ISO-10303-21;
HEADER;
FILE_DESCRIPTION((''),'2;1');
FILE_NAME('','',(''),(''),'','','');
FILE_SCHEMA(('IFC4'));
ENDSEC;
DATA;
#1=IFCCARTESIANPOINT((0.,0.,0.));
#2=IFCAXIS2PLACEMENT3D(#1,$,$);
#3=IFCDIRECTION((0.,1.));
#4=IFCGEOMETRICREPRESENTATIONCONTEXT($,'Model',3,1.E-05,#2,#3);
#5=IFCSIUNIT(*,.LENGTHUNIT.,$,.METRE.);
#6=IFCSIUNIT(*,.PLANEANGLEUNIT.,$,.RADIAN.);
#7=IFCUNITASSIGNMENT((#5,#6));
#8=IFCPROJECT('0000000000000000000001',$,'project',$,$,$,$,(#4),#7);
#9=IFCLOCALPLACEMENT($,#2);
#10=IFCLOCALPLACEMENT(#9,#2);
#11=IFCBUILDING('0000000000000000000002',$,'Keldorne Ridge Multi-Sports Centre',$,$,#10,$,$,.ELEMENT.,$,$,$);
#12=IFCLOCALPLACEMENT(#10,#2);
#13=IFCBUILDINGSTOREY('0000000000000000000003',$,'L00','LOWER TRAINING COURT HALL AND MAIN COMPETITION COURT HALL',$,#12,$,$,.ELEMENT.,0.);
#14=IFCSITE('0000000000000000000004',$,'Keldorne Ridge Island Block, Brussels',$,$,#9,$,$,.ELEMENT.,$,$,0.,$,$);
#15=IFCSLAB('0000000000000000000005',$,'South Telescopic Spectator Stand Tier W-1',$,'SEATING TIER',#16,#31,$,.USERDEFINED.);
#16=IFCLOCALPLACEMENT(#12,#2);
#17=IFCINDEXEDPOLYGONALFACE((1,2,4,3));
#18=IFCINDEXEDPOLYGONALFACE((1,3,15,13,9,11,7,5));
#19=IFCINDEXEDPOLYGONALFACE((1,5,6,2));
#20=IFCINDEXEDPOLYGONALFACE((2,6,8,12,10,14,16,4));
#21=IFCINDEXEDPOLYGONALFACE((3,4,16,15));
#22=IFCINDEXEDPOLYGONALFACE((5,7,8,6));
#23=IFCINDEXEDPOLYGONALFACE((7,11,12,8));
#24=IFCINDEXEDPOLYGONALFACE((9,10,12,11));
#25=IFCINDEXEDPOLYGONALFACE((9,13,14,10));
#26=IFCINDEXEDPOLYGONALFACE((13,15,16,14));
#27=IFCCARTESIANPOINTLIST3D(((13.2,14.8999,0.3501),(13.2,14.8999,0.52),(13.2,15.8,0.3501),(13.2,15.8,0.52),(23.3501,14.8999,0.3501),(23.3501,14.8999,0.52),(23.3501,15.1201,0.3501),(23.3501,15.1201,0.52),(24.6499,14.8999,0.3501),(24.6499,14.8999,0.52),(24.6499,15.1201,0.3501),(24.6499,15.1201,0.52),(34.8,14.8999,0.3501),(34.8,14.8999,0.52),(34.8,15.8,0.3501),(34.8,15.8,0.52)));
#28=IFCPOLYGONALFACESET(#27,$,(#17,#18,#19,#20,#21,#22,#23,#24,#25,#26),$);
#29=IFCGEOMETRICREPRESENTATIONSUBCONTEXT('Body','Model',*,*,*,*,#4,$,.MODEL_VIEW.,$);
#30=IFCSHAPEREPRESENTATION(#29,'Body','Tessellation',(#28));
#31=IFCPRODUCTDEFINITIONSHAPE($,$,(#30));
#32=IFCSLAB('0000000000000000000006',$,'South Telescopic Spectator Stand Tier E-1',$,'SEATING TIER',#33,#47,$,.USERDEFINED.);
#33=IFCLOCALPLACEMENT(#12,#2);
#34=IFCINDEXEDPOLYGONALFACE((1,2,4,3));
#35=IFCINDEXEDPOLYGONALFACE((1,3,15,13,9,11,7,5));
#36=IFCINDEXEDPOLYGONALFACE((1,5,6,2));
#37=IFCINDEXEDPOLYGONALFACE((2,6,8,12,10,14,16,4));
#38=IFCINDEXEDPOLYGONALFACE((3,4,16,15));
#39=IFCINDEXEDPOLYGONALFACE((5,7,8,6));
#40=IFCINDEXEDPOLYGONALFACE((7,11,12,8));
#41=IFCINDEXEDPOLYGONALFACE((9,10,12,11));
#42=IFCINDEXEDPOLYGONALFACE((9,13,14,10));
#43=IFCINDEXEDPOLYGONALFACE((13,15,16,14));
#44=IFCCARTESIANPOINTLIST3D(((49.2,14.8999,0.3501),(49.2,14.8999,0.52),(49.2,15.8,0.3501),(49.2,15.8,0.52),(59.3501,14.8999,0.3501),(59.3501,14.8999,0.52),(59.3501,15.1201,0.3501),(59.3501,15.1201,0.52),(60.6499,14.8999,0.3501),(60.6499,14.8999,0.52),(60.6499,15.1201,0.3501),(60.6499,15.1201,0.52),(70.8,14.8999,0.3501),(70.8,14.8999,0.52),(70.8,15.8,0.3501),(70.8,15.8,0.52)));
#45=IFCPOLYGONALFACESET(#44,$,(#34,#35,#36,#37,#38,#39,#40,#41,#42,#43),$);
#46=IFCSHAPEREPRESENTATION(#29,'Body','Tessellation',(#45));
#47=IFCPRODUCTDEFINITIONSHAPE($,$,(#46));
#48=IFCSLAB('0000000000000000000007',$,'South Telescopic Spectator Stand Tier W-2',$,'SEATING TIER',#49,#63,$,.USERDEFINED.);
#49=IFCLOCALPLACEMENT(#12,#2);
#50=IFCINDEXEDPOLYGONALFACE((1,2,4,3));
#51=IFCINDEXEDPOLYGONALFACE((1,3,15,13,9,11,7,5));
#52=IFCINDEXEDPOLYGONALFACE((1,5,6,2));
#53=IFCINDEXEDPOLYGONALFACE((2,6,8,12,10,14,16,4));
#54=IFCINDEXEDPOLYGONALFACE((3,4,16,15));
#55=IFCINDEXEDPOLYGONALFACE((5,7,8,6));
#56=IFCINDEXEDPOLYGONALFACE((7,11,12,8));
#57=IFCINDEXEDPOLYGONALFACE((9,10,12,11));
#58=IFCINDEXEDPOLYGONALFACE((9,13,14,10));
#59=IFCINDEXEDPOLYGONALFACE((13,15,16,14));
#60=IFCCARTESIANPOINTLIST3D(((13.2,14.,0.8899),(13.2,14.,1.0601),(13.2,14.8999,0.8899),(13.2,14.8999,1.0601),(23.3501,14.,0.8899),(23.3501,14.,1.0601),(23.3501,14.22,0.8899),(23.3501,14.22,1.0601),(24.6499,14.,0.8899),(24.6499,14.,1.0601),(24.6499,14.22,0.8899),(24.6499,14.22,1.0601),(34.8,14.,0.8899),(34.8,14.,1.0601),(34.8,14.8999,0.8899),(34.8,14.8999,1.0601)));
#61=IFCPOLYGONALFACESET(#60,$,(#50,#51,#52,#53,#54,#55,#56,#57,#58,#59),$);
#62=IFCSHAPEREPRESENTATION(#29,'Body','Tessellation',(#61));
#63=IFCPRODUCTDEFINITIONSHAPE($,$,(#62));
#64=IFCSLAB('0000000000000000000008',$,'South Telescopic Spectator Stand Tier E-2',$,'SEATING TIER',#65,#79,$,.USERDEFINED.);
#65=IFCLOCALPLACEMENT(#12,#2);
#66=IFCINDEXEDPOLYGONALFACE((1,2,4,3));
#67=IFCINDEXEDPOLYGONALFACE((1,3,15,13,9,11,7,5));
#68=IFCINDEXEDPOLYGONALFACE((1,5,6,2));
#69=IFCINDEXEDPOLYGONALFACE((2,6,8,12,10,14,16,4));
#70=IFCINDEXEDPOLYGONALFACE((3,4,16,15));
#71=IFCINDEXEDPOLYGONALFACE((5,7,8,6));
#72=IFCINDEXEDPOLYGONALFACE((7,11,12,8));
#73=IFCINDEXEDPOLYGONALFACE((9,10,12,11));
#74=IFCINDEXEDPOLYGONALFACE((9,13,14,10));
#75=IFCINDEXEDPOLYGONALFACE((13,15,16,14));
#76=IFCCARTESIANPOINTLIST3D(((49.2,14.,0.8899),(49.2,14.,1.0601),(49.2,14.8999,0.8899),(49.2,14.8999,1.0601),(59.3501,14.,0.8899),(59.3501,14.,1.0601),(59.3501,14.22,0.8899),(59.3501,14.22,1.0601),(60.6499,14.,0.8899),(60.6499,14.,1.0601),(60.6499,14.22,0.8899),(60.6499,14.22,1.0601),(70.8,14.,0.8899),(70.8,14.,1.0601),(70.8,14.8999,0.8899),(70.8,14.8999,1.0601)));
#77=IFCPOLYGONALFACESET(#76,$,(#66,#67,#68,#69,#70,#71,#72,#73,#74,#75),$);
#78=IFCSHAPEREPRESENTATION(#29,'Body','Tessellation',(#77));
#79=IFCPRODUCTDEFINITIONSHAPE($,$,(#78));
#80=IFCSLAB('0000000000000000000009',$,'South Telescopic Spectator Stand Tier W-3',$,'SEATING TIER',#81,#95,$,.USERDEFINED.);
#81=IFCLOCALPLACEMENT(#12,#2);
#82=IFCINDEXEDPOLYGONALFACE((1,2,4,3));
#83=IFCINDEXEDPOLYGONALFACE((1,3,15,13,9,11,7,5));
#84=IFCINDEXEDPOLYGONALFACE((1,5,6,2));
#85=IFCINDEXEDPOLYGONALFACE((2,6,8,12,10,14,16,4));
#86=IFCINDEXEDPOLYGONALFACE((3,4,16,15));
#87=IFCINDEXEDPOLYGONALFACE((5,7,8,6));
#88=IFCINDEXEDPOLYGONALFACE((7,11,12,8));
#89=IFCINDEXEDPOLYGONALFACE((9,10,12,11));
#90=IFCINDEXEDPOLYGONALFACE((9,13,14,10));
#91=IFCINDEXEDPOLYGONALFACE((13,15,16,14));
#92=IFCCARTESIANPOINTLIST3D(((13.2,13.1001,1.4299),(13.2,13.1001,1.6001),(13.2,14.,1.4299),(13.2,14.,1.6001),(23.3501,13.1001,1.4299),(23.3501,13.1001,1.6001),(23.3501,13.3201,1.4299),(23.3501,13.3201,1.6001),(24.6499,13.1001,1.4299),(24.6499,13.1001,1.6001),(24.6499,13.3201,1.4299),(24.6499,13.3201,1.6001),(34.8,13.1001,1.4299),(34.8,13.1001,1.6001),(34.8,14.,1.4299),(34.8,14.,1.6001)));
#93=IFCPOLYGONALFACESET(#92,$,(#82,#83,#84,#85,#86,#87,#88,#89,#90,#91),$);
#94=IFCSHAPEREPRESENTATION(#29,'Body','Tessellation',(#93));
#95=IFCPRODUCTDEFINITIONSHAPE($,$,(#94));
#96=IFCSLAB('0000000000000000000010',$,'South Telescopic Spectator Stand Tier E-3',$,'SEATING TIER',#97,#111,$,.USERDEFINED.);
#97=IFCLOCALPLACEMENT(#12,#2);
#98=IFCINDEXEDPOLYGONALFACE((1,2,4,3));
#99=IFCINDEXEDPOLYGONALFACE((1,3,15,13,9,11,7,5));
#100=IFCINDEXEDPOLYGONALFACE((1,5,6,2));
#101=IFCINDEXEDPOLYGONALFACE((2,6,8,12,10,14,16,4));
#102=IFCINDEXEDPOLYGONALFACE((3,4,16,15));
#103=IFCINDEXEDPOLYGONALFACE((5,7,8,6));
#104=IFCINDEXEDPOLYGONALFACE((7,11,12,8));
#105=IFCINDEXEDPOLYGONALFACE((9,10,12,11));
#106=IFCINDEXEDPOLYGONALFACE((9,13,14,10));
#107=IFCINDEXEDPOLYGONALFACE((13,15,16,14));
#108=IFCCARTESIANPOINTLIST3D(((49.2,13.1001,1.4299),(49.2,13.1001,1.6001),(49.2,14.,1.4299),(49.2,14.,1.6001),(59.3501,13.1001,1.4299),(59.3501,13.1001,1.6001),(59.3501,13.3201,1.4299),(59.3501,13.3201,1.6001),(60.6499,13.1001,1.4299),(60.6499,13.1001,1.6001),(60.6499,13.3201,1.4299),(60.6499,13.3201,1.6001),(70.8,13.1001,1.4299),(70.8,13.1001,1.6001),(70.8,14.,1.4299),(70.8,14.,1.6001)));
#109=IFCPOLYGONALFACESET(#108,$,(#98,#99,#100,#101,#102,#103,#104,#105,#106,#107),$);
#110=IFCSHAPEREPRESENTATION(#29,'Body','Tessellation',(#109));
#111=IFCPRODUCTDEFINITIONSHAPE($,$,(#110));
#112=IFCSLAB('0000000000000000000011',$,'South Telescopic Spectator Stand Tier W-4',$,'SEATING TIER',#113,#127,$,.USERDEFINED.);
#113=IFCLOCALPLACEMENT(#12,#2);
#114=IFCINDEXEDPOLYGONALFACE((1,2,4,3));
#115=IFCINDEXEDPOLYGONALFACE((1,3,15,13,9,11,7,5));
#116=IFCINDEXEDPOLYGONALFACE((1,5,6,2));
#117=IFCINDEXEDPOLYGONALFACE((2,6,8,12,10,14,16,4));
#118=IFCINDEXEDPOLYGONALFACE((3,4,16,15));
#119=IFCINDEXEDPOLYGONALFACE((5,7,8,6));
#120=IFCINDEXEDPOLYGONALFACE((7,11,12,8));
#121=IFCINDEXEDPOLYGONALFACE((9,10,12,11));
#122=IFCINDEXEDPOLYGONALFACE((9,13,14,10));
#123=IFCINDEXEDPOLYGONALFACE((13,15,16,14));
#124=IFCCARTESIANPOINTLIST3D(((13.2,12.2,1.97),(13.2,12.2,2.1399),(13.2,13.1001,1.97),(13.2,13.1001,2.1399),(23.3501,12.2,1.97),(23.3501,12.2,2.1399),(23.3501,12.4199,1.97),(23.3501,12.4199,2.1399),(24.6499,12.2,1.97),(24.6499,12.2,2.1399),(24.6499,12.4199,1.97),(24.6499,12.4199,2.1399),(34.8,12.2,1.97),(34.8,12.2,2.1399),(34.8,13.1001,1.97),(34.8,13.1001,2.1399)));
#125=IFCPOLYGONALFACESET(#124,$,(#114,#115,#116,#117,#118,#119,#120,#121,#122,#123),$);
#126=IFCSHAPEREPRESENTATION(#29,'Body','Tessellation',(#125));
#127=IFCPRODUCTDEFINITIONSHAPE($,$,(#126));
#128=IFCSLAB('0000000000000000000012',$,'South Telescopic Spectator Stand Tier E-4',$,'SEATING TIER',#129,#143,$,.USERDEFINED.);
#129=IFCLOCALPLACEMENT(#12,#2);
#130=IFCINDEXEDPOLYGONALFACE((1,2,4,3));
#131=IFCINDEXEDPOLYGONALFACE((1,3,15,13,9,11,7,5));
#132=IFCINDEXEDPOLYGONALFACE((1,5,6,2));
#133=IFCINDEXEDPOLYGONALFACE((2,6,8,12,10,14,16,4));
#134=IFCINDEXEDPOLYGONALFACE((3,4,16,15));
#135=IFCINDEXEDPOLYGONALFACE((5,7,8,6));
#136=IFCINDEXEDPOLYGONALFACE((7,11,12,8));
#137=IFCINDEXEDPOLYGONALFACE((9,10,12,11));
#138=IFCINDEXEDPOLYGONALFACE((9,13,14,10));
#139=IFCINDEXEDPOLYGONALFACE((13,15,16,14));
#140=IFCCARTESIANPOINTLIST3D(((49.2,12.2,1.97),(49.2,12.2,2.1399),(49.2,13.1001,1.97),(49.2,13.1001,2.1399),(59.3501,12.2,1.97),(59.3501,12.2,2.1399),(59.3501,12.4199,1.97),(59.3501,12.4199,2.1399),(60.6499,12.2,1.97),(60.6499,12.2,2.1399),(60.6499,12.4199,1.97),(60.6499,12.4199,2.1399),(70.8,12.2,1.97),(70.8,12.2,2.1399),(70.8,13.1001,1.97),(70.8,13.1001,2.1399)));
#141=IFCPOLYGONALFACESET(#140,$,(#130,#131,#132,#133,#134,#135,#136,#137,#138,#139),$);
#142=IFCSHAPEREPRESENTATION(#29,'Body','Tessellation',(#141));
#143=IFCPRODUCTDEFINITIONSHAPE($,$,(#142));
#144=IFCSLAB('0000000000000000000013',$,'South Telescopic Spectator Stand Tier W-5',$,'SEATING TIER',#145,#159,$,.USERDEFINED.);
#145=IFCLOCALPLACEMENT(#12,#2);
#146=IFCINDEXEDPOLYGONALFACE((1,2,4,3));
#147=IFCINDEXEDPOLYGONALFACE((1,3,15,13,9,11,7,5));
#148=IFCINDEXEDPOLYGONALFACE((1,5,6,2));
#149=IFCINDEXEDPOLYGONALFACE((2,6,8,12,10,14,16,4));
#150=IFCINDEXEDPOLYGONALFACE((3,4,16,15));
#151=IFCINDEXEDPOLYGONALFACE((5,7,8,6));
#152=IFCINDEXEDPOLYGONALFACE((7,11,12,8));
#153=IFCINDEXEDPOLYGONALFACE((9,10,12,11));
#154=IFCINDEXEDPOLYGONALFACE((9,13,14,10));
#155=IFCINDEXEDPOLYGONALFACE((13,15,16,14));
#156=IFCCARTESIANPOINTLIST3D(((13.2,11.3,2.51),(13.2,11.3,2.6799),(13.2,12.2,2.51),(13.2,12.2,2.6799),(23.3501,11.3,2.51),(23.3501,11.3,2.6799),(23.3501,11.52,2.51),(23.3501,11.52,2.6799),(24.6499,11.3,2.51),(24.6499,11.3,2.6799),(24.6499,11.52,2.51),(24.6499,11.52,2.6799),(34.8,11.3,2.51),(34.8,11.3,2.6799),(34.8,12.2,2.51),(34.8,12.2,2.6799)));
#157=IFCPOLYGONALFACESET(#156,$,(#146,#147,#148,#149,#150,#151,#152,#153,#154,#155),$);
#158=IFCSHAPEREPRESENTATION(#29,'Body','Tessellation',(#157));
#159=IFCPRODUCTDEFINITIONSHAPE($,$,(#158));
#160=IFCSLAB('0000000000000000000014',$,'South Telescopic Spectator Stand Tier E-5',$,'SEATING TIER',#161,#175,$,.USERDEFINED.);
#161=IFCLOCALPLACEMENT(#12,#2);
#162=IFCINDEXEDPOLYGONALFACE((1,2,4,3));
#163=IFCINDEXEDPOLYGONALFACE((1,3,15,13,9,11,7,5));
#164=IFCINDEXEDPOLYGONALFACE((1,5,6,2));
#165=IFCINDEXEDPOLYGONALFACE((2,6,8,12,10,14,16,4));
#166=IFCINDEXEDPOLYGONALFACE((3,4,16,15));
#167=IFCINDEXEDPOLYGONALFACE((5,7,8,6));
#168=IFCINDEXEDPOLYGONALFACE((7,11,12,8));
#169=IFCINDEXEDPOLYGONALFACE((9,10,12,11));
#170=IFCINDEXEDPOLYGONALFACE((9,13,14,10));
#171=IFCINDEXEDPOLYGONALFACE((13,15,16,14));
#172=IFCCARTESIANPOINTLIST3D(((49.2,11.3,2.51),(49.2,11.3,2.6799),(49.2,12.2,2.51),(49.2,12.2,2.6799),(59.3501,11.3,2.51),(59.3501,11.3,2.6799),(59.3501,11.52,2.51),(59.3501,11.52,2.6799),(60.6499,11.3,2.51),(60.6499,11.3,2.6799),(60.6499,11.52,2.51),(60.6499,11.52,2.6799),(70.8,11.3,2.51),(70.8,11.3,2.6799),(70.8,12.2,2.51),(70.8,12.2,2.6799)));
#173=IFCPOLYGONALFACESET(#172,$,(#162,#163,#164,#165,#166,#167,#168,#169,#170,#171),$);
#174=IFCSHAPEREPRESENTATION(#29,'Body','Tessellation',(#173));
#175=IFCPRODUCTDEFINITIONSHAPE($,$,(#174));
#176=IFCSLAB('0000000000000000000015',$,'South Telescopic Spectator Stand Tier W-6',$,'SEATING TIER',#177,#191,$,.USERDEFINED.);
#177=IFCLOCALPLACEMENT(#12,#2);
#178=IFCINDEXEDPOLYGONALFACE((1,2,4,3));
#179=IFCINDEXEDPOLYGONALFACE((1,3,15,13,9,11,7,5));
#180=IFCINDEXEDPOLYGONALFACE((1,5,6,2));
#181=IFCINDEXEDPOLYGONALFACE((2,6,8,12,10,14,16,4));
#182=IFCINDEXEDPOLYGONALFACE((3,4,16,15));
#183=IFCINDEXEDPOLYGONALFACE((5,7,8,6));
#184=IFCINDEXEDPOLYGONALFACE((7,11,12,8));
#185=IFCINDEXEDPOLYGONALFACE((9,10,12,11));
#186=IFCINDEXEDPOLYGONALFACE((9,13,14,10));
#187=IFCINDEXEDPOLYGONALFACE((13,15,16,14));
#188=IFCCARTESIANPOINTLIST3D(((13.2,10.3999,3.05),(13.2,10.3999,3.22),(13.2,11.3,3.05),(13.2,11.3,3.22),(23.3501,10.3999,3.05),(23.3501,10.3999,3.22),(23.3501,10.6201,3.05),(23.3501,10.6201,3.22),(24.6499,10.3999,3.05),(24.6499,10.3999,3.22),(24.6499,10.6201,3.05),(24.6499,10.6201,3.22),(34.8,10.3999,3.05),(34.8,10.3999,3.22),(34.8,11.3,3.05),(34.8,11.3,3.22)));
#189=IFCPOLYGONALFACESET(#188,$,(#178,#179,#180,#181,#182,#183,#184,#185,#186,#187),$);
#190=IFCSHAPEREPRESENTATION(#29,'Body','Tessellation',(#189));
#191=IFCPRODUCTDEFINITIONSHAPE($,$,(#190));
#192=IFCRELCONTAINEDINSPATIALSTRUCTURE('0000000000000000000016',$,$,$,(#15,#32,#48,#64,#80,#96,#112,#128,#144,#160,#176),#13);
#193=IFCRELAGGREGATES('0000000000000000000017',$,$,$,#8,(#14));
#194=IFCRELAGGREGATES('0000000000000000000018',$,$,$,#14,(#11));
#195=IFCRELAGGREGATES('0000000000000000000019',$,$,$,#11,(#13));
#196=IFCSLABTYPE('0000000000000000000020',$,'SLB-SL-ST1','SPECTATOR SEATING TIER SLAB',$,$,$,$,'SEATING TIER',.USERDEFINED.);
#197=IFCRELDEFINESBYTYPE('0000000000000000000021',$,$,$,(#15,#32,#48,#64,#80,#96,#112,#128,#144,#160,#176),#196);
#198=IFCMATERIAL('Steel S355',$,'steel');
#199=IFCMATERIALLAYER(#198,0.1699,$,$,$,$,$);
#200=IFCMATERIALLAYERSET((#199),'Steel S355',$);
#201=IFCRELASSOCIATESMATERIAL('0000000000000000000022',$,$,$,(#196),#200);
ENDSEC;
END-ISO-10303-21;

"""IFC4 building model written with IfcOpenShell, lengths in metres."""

from ifc_helpers import new_model, si_unit, direction, frame, origin, place, context, subcontext, project, spatial, polyline, outline, extrude, material, layer, layer_set, type_object, element, save


model = new_model("IFC4")

# Units and contexts
model_context = context("Model", 3, precision=1e-05, world=origin(), true_north=direction((0.0, 1.0)))
body_context = subcontext(model_context, "Body", "Model", "MODEL_VIEW")
ifc_project = project(units=[si_unit("LENGTHUNIT", "METRE"), si_unit("PLANEANGLEUNIT", "RADIAN")], contexts=[model_context])

# Site, building, storey
site_placement = place(None, origin())
site = spatial("IfcSite", under=ifc_project, at=site_placement, Name="Keldorne Ridge Island Block, Brussels", CompositionType="ELEMENT", RefElevation=0.0)
building_placement = place(site_placement, origin())
building = spatial("IfcBuilding", under=site, at=building_placement, Name="Keldorne Ridge Multi-Sports Centre", CompositionType="ELEMENT")
storey_placement = place(building_placement, origin())
storey = spatial("IfcBuildingStorey", under=building, at=storey_placement, Name="L00", Description="LOWER TRAINING COURT HALL AND MAIN COMPETITION COURT HALL", CompositionType="ELEMENT", Elevation=0.0)

# Slabs
ifc_material_1 = material(Name="Steel S355", Category="steel")
ifc_layer_1 = layer(ifc_material_1, 0.1699)
ifc_layer_set_1 = layer_set([ifc_layer_1], Name="Steel S355")
slab_type_1 = type_object("IfcSlabType", Name="SLB-SL-ST1", Description="SPECTATOR SEATING TIER SLAB", ElementType="SEATING TIER", PredefinedType="USERDEFINED", material=ifc_layer_set_1)
slab_1_placement = place(storey_placement, frame((0.0, 0.0, 0.3501)))
element("IfcSlab", 1, at=slab_1_placement, inside=storey, type_object=slab_type_1, Name="South Telescopic Spectator Stand Tier W-1", ObjectType="SEATING TIER", PredefinedType="USERDEFINED", context=body_context, shape_type="SweptSolid", body=[
    extrude(outline(polyline([(13.2, 14.8999), (23.3501, 14.8999), (23.3501, 15.1201), (24.6499, 15.1201), (24.6499, 14.8999), (34.8, 14.8999), (34.8, 15.8), (13.2, 15.8), (13.2, 14.8999)])), origin(), (0.0, 0.0, 1.0), 0.1699),
])
slab_2_placement = place(storey_placement, frame((0.0, 0.0, 0.3501)))
element("IfcSlab", 2, at=slab_2_placement, inside=storey, type_object=slab_type_1, Name="South Telescopic Spectator Stand Tier E-1", ObjectType="SEATING TIER", PredefinedType="USERDEFINED", context=body_context, shape_type="SweptSolid", body=[
    extrude(outline(polyline([(49.2, 14.8999), (59.3501, 14.8999), (59.3501, 15.1201), (60.6499, 15.1201), (60.6499, 14.8999), (70.8, 14.8999), (70.8, 15.8), (49.2, 15.8), (49.2, 14.8999)])), origin(), (0.0, 0.0, 1.0), 0.1699),
])
slab_3_placement = place(storey_placement, frame((0.0, 0.0, 0.8899)))
element("IfcSlab", 3, at=slab_3_placement, inside=storey, type_object=slab_type_1, Name="South Telescopic Spectator Stand Tier W-2", ObjectType="SEATING TIER", PredefinedType="USERDEFINED", context=body_context, shape_type="SweptSolid", body=[
    extrude(outline(polyline([(13.2, 14.0), (23.3501, 14.0), (23.3501, 14.22), (24.6499, 14.22), (24.6499, 14.0), (34.8, 14.0), (34.8, 14.8999), (13.2, 14.8999), (13.2, 14.0)])), origin(), (0.0, 0.0, 1.0), 0.1702),
])
slab_4_placement = place(storey_placement, frame((0.0, 0.0, 0.8899)))
element("IfcSlab", 4, at=slab_4_placement, inside=storey, type_object=slab_type_1, Name="South Telescopic Spectator Stand Tier E-2", ObjectType="SEATING TIER", PredefinedType="USERDEFINED", context=body_context, shape_type="SweptSolid", body=[
    extrude(outline(polyline([(49.2, 14.0), (59.3501, 14.0), (59.3501, 14.22), (60.6499, 14.22), (60.6499, 14.0), (70.8, 14.0), (70.8, 14.8999), (49.2, 14.8999), (49.2, 14.0)])), origin(), (0.0, 0.0, 1.0), 0.1702),
])
slab_5_placement = place(storey_placement, frame((0.0, 0.0, 1.4299)))
element("IfcSlab", 5, at=slab_5_placement, inside=storey, type_object=slab_type_1, Name="South Telescopic Spectator Stand Tier W-3", ObjectType="SEATING TIER", PredefinedType="USERDEFINED", context=body_context, shape_type="SweptSolid", body=[
    extrude(outline(polyline([(13.2, 13.1001), (23.3501, 13.1001), (23.3501, 13.3201), (24.6499, 13.3201), (24.6499, 13.1001), (34.8, 13.1001), (34.8, 14.0), (13.2, 14.0), (13.2, 13.1001)])), origin(), (0.0, 0.0, 1.0), 0.1702),
])
slab_6_placement = place(storey_placement, frame((0.0, 0.0, 1.4299)))
element("IfcSlab", 6, at=slab_6_placement, inside=storey, type_object=slab_type_1, Name="South Telescopic Spectator Stand Tier E-3", ObjectType="SEATING TIER", PredefinedType="USERDEFINED", context=body_context, shape_type="SweptSolid", body=[
    extrude(outline(polyline([(49.2, 13.1001), (59.3501, 13.1001), (59.3501, 13.3201), (60.6499, 13.3201), (60.6499, 13.1001), (70.8, 13.1001), (70.8, 14.0), (49.2, 14.0), (49.2, 13.1001)])), origin(), (0.0, 0.0, 1.0), 0.1702),
])
slab_7_placement = place(storey_placement, frame((0.0, 0.0, 1.97)))
element("IfcSlab", 7, at=slab_7_placement, inside=storey, type_object=slab_type_1, Name="South Telescopic Spectator Stand Tier W-4", ObjectType="SEATING TIER", PredefinedType="USERDEFINED", context=body_context, shape_type="SweptSolid", body=[
    extrude(outline(polyline([(13.2, 12.2), (23.3501, 12.2), (23.3501, 12.4199), (24.6499, 12.4199), (24.6499, 12.2), (34.8, 12.2), (34.8, 13.1001), (13.2, 13.1001), (13.2, 12.2)])), origin(), (0.0, 0.0, 1.0), 0.1699),
])
slab_8_placement = place(storey_placement, frame((0.0, 0.0, 1.97)))
element("IfcSlab", 8, at=slab_8_placement, inside=storey, type_object=slab_type_1, Name="South Telescopic Spectator Stand Tier E-4", ObjectType="SEATING TIER", PredefinedType="USERDEFINED", context=body_context, shape_type="SweptSolid", body=[
    extrude(outline(polyline([(49.2, 12.2), (59.3501, 12.2), (59.3501, 12.4199), (60.6499, 12.4199), (60.6499, 12.2), (70.8, 12.2), (70.8, 13.1001), (49.2, 13.1001), (49.2, 12.2)])), origin(), (0.0, 0.0, 1.0), 0.1699),
])
slab_9_placement = place(storey_placement, frame((0.0, 0.0, 2.51)))
element("IfcSlab", 9, at=slab_9_placement, inside=storey, type_object=slab_type_1, Name="South Telescopic Spectator Stand Tier W-5", ObjectType="SEATING TIER", PredefinedType="USERDEFINED", context=body_context, shape_type="SweptSolid", body=[
    extrude(outline(polyline([(13.2, 11.3), (23.3501, 11.3), (23.3501, 11.52), (24.6499, 11.52), (24.6499, 11.3), (34.8, 11.3), (34.8, 12.2), (13.2, 12.2), (13.2, 11.3)])), origin(), (0.0, 0.0, 1.0), 0.1699),
])
slab_10_placement = place(storey_placement, frame((0.0, 0.0, 2.51)))
element("IfcSlab", 10, at=slab_10_placement, inside=storey, type_object=slab_type_1, Name="South Telescopic Spectator Stand Tier E-5", ObjectType="SEATING TIER", PredefinedType="USERDEFINED", context=body_context, shape_type="SweptSolid", body=[
    extrude(outline(polyline([(49.2, 11.3), (59.3501, 11.3), (59.3501, 11.52), (60.6499, 11.52), (60.6499, 11.3), (70.8, 11.3), (70.8, 12.2), (49.2, 12.2), (49.2, 11.3)])), origin(), (0.0, 0.0, 1.0), 0.1699),
])
slab_11_placement = place(storey_placement, frame((0.0, 0.0, 3.05)))
element("IfcSlab", 11, at=slab_11_placement, inside=storey, type_object=slab_type_1, Name="South Telescopic Spectator Stand Tier W-6", ObjectType="SEATING TIER", PredefinedType="USERDEFINED", context=body_context, shape_type="SweptSolid", body=[
    extrude(outline(polyline([(13.2, 10.3999), (23.3501, 10.3999), (23.3501, 10.6201), (24.6499, 10.6201), (24.6499, 10.3999), (34.8, 10.3999), (34.8, 11.3), (13.2, 11.3), (13.2, 10.3999)])), origin(), (0.0, 0.0, 1.0), 0.1699),
])

save(model, "model.ifc")
